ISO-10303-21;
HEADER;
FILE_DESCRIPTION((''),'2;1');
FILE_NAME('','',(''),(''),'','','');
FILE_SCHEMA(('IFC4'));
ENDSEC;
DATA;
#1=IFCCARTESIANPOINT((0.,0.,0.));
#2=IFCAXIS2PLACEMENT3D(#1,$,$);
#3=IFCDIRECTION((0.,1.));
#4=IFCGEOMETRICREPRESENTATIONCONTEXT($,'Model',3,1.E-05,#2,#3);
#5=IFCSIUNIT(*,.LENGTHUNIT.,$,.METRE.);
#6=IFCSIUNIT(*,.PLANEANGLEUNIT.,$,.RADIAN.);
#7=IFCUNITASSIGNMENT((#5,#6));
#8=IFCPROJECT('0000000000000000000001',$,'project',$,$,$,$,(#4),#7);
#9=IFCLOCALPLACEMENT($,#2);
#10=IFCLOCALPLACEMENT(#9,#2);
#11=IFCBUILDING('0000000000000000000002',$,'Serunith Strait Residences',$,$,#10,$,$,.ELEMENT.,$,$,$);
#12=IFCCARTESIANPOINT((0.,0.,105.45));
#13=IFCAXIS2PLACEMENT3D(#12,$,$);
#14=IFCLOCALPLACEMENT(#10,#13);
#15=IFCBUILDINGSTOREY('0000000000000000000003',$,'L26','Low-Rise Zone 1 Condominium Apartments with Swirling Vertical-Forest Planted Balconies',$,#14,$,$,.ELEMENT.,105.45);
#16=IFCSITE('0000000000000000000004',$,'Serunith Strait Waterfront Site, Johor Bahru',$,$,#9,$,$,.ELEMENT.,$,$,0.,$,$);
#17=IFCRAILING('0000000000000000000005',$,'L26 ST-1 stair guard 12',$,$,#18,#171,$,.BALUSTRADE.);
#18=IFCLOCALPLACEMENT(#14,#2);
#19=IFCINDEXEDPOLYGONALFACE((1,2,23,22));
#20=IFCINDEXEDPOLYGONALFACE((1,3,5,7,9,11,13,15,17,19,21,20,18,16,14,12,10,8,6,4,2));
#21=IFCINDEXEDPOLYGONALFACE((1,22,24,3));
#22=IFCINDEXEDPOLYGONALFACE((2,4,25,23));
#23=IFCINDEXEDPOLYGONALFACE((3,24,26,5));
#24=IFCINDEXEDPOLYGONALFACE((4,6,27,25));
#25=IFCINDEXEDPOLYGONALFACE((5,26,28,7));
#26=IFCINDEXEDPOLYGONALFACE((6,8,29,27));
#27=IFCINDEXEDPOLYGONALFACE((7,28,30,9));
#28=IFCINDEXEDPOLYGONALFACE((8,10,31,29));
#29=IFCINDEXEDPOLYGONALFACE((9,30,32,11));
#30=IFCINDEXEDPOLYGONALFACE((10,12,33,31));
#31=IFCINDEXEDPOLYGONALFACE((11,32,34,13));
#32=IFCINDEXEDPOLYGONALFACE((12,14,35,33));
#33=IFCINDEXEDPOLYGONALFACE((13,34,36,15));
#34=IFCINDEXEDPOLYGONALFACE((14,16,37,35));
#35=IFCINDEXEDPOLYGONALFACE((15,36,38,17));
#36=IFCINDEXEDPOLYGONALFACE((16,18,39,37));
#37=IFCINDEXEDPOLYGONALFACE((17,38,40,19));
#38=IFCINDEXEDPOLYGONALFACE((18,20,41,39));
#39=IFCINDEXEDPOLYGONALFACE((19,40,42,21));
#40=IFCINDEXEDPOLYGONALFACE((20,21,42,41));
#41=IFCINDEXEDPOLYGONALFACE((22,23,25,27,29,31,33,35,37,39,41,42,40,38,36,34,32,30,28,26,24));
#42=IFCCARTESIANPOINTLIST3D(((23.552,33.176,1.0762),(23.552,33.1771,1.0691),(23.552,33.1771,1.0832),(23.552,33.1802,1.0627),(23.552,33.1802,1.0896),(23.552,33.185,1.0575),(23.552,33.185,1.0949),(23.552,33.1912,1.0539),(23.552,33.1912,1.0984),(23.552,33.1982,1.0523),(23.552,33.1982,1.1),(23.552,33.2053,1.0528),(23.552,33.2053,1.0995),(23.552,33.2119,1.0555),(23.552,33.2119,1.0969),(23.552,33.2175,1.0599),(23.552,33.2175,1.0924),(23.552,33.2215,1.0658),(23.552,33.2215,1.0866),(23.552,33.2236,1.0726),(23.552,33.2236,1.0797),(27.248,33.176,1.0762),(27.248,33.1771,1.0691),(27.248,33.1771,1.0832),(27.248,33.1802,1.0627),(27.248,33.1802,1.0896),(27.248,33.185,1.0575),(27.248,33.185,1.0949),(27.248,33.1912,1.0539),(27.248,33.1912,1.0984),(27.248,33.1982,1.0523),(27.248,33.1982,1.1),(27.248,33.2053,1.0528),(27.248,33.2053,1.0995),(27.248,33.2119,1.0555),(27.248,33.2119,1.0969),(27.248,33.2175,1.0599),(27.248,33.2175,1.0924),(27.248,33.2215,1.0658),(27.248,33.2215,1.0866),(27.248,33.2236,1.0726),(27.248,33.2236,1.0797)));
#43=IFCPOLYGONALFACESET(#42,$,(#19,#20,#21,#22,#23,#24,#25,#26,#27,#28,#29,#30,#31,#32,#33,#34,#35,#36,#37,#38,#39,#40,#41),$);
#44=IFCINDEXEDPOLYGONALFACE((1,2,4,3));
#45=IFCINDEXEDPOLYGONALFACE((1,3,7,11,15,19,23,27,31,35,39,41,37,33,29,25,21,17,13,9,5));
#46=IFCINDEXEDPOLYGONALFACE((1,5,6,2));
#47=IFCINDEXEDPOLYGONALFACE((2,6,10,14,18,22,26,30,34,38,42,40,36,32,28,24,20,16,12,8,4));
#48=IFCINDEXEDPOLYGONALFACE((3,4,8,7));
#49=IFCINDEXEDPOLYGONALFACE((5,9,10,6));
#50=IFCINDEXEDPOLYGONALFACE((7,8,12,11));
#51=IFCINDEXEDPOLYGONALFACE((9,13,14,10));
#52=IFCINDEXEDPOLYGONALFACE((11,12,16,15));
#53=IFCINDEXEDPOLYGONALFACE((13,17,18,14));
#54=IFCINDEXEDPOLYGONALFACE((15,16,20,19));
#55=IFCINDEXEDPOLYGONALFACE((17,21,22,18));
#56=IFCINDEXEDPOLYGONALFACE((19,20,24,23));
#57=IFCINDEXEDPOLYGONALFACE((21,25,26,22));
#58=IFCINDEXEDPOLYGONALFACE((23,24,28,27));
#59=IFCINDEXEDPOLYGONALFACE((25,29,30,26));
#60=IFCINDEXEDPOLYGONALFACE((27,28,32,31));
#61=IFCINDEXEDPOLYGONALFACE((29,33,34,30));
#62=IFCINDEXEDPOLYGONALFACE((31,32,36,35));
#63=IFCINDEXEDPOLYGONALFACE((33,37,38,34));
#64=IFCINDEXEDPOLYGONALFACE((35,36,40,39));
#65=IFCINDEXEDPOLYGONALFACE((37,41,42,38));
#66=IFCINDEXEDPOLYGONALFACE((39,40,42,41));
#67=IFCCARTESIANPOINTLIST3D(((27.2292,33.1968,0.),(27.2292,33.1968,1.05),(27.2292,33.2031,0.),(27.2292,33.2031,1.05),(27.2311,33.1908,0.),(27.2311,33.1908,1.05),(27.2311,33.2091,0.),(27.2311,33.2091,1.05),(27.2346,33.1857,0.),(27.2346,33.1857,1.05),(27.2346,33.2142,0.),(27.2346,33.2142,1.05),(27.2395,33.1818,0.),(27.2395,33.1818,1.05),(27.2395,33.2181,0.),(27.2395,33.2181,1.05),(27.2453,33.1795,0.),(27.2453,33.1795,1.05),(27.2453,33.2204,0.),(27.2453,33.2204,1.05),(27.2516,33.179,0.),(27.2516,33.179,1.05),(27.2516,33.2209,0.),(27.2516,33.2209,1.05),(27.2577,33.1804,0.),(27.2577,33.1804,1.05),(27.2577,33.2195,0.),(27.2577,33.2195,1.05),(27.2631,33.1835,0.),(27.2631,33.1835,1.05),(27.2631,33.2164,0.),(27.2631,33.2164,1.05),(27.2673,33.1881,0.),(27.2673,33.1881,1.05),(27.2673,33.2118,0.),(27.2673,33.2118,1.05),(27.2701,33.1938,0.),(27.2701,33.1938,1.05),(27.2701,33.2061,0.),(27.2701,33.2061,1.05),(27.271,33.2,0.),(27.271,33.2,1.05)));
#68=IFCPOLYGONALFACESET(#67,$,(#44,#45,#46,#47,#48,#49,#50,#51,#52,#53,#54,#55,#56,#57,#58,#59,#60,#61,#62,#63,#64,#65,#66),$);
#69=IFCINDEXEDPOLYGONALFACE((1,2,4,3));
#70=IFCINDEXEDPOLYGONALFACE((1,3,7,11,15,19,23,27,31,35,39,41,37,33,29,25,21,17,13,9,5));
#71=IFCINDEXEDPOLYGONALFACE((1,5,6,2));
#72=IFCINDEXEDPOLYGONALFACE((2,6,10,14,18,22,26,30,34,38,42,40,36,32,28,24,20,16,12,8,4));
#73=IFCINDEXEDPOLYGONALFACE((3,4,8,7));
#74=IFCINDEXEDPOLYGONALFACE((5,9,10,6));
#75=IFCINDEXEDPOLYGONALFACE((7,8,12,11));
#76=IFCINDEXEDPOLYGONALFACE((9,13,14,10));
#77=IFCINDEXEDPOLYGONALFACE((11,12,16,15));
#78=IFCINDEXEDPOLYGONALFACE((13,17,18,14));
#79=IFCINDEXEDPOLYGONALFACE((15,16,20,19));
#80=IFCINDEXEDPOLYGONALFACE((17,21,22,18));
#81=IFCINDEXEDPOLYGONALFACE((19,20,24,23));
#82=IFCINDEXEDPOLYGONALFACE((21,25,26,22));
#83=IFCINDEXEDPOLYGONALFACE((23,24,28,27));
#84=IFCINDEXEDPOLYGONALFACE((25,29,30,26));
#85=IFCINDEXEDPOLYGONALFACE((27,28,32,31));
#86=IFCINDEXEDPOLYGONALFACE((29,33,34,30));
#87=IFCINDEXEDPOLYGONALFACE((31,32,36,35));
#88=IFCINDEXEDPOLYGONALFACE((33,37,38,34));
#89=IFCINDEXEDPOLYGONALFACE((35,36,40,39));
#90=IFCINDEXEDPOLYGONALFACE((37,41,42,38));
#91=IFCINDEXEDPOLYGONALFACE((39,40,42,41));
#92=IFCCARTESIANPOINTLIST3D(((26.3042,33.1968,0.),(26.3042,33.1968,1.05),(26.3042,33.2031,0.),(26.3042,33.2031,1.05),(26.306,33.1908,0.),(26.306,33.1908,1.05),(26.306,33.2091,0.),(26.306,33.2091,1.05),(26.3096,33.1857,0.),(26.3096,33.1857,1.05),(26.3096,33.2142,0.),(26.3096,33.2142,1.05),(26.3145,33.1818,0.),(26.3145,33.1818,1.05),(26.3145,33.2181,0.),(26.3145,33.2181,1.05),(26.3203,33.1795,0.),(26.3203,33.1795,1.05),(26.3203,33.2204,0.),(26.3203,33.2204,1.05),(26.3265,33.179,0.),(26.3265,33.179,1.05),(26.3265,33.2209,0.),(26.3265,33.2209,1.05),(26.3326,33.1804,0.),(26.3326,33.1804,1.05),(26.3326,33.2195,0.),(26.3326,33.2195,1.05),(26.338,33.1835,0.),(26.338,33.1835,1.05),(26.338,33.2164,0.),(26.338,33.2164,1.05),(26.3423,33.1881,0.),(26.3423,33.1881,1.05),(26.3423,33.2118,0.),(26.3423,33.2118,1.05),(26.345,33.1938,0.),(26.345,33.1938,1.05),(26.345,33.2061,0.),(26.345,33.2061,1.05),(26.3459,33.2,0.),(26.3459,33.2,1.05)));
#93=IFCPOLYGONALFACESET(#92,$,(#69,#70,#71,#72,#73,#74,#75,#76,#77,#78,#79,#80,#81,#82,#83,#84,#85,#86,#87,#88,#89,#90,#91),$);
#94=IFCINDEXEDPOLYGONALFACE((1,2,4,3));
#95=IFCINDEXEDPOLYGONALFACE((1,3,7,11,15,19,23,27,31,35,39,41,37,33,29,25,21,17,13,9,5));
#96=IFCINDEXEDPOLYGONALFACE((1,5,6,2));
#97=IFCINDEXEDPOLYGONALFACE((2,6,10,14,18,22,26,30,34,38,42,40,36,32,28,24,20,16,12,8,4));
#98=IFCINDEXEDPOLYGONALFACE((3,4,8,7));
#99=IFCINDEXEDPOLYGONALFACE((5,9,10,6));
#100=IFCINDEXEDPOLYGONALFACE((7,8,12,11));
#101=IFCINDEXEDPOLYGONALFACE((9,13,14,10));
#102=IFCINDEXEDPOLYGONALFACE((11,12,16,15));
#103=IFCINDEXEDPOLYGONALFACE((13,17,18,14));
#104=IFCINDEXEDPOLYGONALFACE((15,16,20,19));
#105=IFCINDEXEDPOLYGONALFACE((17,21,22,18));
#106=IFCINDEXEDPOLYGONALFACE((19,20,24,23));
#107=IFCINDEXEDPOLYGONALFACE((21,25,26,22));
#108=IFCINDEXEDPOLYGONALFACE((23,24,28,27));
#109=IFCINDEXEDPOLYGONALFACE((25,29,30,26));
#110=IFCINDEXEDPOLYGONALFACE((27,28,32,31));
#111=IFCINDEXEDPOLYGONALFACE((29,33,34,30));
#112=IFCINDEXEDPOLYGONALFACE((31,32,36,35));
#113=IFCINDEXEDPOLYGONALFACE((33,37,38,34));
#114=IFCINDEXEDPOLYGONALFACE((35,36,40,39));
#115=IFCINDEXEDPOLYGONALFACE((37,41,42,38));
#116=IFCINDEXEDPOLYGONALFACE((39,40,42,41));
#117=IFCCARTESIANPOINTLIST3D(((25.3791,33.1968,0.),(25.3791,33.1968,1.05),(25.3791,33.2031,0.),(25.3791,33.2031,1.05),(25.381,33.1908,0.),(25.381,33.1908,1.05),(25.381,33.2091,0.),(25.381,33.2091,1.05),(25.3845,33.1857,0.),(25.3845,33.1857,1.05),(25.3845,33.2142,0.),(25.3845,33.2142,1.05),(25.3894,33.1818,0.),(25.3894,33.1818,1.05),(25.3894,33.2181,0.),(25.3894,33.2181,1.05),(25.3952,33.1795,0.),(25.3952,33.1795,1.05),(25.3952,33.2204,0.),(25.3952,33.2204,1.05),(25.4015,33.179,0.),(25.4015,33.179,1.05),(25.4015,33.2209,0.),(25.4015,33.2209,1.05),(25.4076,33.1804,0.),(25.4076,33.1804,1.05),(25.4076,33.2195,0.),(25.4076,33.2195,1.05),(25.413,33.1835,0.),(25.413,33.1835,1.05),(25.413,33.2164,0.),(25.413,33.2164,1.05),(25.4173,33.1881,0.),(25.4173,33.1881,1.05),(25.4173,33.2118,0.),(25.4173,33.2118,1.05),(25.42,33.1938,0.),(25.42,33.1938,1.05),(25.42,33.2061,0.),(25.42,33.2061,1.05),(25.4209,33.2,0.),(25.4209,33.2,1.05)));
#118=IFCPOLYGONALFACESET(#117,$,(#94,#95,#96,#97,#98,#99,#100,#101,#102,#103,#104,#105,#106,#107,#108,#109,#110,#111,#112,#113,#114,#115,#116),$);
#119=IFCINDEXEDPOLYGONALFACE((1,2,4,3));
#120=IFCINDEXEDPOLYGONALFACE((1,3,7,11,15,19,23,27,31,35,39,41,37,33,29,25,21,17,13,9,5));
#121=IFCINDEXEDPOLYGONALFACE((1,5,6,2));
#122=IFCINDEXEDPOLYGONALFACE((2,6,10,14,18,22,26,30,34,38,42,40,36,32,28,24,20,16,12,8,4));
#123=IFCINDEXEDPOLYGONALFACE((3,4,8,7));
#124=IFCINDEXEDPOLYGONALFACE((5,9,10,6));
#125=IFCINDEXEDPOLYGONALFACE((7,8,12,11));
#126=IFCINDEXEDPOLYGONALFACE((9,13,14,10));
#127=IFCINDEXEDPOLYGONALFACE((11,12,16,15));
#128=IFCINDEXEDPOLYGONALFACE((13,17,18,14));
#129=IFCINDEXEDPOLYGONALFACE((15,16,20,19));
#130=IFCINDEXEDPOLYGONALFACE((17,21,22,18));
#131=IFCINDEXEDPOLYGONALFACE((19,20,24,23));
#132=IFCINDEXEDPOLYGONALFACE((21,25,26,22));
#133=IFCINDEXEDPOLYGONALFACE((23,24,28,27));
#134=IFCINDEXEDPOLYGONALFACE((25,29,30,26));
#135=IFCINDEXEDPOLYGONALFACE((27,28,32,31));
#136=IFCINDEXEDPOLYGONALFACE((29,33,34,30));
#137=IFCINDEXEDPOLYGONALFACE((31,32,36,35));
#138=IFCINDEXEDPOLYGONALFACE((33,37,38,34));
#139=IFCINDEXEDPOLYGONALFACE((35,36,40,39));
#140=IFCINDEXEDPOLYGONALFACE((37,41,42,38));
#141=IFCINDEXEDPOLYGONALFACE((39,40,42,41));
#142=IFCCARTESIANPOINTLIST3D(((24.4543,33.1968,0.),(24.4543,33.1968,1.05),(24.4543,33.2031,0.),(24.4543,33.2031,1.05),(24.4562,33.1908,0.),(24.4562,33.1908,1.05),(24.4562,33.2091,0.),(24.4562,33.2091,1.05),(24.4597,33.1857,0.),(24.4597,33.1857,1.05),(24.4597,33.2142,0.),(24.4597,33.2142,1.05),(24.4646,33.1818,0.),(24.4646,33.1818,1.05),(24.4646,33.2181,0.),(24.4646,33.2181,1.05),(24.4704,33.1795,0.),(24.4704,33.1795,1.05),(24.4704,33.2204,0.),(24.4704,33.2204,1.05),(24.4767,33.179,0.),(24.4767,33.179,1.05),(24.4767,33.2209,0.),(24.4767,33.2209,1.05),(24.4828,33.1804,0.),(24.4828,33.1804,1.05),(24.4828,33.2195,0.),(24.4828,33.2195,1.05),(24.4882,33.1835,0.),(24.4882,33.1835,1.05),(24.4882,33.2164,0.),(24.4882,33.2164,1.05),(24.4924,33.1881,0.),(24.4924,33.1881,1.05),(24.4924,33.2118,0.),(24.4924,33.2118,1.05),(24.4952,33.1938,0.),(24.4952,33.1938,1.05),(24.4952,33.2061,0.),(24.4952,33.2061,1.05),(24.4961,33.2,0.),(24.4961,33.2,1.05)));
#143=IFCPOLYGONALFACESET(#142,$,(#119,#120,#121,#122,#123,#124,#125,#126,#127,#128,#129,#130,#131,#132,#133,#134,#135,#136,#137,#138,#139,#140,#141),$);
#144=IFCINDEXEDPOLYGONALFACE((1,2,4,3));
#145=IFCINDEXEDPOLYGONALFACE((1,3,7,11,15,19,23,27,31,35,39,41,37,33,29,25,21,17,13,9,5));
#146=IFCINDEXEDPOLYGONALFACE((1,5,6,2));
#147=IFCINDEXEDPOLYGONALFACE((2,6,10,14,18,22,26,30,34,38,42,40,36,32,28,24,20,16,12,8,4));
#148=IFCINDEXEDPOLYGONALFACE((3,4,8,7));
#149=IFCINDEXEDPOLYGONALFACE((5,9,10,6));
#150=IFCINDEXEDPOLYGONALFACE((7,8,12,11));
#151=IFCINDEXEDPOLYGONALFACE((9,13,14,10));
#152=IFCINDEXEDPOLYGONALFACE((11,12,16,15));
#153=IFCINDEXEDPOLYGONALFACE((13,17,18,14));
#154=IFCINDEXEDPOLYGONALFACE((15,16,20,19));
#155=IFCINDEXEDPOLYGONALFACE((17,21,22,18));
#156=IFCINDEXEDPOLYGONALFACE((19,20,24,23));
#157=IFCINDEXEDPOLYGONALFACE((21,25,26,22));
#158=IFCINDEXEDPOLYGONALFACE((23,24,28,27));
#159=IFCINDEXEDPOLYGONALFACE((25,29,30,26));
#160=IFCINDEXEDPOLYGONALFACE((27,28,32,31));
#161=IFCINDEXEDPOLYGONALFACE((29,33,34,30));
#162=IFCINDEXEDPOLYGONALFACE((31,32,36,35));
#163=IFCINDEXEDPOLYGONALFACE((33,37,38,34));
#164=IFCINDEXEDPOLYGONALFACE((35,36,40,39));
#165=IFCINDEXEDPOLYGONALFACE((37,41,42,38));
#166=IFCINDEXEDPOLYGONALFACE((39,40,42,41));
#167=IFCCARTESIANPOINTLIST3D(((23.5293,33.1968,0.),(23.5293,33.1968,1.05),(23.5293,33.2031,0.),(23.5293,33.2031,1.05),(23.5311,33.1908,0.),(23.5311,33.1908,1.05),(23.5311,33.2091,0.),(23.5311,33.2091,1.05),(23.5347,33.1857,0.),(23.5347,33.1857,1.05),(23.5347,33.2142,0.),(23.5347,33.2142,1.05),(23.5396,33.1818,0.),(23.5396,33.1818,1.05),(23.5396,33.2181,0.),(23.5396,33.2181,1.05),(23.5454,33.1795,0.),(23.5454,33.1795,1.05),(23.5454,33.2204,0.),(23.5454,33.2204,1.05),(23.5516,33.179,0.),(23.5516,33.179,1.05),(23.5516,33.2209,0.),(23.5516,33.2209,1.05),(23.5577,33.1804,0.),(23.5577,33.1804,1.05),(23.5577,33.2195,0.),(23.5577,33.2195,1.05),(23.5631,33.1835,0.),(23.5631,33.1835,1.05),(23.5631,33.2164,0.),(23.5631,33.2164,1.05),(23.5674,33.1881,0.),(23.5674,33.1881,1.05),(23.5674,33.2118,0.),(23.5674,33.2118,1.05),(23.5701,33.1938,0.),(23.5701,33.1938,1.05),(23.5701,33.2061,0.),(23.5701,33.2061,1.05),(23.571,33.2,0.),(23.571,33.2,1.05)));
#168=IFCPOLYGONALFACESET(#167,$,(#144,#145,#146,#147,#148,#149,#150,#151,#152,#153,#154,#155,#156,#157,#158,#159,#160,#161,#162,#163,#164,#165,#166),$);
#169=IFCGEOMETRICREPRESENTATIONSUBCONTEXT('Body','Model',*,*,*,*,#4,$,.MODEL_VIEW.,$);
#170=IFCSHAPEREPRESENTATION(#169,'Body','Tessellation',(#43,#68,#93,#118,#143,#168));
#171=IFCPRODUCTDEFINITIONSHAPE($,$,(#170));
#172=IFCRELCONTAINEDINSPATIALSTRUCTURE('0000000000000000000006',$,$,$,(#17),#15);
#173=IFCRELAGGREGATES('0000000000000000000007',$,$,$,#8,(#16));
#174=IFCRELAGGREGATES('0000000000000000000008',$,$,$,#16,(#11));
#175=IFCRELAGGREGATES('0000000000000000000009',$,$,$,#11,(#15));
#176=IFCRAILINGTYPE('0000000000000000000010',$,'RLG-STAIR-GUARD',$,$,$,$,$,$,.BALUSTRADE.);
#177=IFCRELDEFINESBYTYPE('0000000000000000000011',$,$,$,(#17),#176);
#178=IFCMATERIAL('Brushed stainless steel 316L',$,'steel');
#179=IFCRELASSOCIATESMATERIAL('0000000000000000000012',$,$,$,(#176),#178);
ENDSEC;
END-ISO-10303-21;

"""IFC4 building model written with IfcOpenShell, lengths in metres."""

from ifc_helpers import new_model, si_unit, direction, frame, origin, origin_2d, place, context, subcontext, project, spatial, circle, extrude, material, type_object, element, save


model = new_model("IFC4")

# Units and contexts
model_context = context("Model", 3, precision=1e-05, world=origin(), true_north=direction((0.0, 1.0)))
body_context = subcontext(model_context, "Body", "Model", "MODEL_VIEW")
ifc_project = project(units=[si_unit("LENGTHUNIT", "METRE"), si_unit("PLANEANGLEUNIT", "RADIAN")], contexts=[model_context])

# Site, building, storey
site_placement = place(None, origin())
site = spatial("IfcSite", under=ifc_project, at=site_placement, Name="Serunith Strait Waterfront Site, Johor Bahru", CompositionType="ELEMENT", RefElevation=0.0)
building_placement = place(site_placement, origin())
building = spatial("IfcBuilding", under=site, at=building_placement, Name="Serunith Strait Residences", CompositionType="ELEMENT")
storey_placement = place(building_placement, frame((0.0, 0.0, 105.45)))
storey = spatial("IfcBuildingStorey", under=building, at=storey_placement, Name="L26", Description="Low-Rise Zone 1 Condominium Apartments with Swirling Vertical-Forest Planted Balconies", CompositionType="ELEMENT", Elevation=105.45)

# Railing
ifc_material_1 = material(Name="Brushed stainless steel 316L", Category="steel")
railing_type = type_object("IfcRailingType", Name="RLG-STAIR-GUARD", PredefinedType="BALUSTRADE", material=ifc_material_1)
railing_1_placement = place(storey_placement, frame((27.25, 33.2, 0.0)))
element("IfcRailing", 1, at=railing_1_placement, inside=storey, type_object=railing_type, Name="L26 ST-1 stair guard 12", PredefinedType="BALUSTRADE", context=body_context, shape_type="SweptSolid", body=[
    extrude(circle(Radius=0.0239, at=origin_2d()), frame((-0.002, 0.0, 1.0762), z_axis=(-1.0, 0.0, 0.0), x_axis=(0.0, -1.0, 0.0)), (0.0, 0.0, 1.0), 3.696),
    extrude(circle(Radius=0.021, at=origin_2d()), origin(), (0.0, 0.0, 1.0), 1.05),
    extrude(circle(Radius=0.021, at=origin_2d()), frame((-0.925, 0.0, 0.0)), (0.0, 0.0, 1.0), 1.05),
    extrude(circle(Radius=0.021, at=origin_2d()), frame((-1.8501, 0.0, 0.0)), (0.0, 0.0, 1.0), 1.05),
    extrude(circle(Radius=0.021, at=origin_2d()), frame((-2.7749, 0.0, 0.0)), (0.0, 0.0, 1.0), 1.05),
    extrude(circle(Radius=0.021, at=origin_2d()), frame((-3.7, 0.0, 0.0)), (0.0, 0.0, 1.0), 1.05),
])

save(model, "model.ifc")
